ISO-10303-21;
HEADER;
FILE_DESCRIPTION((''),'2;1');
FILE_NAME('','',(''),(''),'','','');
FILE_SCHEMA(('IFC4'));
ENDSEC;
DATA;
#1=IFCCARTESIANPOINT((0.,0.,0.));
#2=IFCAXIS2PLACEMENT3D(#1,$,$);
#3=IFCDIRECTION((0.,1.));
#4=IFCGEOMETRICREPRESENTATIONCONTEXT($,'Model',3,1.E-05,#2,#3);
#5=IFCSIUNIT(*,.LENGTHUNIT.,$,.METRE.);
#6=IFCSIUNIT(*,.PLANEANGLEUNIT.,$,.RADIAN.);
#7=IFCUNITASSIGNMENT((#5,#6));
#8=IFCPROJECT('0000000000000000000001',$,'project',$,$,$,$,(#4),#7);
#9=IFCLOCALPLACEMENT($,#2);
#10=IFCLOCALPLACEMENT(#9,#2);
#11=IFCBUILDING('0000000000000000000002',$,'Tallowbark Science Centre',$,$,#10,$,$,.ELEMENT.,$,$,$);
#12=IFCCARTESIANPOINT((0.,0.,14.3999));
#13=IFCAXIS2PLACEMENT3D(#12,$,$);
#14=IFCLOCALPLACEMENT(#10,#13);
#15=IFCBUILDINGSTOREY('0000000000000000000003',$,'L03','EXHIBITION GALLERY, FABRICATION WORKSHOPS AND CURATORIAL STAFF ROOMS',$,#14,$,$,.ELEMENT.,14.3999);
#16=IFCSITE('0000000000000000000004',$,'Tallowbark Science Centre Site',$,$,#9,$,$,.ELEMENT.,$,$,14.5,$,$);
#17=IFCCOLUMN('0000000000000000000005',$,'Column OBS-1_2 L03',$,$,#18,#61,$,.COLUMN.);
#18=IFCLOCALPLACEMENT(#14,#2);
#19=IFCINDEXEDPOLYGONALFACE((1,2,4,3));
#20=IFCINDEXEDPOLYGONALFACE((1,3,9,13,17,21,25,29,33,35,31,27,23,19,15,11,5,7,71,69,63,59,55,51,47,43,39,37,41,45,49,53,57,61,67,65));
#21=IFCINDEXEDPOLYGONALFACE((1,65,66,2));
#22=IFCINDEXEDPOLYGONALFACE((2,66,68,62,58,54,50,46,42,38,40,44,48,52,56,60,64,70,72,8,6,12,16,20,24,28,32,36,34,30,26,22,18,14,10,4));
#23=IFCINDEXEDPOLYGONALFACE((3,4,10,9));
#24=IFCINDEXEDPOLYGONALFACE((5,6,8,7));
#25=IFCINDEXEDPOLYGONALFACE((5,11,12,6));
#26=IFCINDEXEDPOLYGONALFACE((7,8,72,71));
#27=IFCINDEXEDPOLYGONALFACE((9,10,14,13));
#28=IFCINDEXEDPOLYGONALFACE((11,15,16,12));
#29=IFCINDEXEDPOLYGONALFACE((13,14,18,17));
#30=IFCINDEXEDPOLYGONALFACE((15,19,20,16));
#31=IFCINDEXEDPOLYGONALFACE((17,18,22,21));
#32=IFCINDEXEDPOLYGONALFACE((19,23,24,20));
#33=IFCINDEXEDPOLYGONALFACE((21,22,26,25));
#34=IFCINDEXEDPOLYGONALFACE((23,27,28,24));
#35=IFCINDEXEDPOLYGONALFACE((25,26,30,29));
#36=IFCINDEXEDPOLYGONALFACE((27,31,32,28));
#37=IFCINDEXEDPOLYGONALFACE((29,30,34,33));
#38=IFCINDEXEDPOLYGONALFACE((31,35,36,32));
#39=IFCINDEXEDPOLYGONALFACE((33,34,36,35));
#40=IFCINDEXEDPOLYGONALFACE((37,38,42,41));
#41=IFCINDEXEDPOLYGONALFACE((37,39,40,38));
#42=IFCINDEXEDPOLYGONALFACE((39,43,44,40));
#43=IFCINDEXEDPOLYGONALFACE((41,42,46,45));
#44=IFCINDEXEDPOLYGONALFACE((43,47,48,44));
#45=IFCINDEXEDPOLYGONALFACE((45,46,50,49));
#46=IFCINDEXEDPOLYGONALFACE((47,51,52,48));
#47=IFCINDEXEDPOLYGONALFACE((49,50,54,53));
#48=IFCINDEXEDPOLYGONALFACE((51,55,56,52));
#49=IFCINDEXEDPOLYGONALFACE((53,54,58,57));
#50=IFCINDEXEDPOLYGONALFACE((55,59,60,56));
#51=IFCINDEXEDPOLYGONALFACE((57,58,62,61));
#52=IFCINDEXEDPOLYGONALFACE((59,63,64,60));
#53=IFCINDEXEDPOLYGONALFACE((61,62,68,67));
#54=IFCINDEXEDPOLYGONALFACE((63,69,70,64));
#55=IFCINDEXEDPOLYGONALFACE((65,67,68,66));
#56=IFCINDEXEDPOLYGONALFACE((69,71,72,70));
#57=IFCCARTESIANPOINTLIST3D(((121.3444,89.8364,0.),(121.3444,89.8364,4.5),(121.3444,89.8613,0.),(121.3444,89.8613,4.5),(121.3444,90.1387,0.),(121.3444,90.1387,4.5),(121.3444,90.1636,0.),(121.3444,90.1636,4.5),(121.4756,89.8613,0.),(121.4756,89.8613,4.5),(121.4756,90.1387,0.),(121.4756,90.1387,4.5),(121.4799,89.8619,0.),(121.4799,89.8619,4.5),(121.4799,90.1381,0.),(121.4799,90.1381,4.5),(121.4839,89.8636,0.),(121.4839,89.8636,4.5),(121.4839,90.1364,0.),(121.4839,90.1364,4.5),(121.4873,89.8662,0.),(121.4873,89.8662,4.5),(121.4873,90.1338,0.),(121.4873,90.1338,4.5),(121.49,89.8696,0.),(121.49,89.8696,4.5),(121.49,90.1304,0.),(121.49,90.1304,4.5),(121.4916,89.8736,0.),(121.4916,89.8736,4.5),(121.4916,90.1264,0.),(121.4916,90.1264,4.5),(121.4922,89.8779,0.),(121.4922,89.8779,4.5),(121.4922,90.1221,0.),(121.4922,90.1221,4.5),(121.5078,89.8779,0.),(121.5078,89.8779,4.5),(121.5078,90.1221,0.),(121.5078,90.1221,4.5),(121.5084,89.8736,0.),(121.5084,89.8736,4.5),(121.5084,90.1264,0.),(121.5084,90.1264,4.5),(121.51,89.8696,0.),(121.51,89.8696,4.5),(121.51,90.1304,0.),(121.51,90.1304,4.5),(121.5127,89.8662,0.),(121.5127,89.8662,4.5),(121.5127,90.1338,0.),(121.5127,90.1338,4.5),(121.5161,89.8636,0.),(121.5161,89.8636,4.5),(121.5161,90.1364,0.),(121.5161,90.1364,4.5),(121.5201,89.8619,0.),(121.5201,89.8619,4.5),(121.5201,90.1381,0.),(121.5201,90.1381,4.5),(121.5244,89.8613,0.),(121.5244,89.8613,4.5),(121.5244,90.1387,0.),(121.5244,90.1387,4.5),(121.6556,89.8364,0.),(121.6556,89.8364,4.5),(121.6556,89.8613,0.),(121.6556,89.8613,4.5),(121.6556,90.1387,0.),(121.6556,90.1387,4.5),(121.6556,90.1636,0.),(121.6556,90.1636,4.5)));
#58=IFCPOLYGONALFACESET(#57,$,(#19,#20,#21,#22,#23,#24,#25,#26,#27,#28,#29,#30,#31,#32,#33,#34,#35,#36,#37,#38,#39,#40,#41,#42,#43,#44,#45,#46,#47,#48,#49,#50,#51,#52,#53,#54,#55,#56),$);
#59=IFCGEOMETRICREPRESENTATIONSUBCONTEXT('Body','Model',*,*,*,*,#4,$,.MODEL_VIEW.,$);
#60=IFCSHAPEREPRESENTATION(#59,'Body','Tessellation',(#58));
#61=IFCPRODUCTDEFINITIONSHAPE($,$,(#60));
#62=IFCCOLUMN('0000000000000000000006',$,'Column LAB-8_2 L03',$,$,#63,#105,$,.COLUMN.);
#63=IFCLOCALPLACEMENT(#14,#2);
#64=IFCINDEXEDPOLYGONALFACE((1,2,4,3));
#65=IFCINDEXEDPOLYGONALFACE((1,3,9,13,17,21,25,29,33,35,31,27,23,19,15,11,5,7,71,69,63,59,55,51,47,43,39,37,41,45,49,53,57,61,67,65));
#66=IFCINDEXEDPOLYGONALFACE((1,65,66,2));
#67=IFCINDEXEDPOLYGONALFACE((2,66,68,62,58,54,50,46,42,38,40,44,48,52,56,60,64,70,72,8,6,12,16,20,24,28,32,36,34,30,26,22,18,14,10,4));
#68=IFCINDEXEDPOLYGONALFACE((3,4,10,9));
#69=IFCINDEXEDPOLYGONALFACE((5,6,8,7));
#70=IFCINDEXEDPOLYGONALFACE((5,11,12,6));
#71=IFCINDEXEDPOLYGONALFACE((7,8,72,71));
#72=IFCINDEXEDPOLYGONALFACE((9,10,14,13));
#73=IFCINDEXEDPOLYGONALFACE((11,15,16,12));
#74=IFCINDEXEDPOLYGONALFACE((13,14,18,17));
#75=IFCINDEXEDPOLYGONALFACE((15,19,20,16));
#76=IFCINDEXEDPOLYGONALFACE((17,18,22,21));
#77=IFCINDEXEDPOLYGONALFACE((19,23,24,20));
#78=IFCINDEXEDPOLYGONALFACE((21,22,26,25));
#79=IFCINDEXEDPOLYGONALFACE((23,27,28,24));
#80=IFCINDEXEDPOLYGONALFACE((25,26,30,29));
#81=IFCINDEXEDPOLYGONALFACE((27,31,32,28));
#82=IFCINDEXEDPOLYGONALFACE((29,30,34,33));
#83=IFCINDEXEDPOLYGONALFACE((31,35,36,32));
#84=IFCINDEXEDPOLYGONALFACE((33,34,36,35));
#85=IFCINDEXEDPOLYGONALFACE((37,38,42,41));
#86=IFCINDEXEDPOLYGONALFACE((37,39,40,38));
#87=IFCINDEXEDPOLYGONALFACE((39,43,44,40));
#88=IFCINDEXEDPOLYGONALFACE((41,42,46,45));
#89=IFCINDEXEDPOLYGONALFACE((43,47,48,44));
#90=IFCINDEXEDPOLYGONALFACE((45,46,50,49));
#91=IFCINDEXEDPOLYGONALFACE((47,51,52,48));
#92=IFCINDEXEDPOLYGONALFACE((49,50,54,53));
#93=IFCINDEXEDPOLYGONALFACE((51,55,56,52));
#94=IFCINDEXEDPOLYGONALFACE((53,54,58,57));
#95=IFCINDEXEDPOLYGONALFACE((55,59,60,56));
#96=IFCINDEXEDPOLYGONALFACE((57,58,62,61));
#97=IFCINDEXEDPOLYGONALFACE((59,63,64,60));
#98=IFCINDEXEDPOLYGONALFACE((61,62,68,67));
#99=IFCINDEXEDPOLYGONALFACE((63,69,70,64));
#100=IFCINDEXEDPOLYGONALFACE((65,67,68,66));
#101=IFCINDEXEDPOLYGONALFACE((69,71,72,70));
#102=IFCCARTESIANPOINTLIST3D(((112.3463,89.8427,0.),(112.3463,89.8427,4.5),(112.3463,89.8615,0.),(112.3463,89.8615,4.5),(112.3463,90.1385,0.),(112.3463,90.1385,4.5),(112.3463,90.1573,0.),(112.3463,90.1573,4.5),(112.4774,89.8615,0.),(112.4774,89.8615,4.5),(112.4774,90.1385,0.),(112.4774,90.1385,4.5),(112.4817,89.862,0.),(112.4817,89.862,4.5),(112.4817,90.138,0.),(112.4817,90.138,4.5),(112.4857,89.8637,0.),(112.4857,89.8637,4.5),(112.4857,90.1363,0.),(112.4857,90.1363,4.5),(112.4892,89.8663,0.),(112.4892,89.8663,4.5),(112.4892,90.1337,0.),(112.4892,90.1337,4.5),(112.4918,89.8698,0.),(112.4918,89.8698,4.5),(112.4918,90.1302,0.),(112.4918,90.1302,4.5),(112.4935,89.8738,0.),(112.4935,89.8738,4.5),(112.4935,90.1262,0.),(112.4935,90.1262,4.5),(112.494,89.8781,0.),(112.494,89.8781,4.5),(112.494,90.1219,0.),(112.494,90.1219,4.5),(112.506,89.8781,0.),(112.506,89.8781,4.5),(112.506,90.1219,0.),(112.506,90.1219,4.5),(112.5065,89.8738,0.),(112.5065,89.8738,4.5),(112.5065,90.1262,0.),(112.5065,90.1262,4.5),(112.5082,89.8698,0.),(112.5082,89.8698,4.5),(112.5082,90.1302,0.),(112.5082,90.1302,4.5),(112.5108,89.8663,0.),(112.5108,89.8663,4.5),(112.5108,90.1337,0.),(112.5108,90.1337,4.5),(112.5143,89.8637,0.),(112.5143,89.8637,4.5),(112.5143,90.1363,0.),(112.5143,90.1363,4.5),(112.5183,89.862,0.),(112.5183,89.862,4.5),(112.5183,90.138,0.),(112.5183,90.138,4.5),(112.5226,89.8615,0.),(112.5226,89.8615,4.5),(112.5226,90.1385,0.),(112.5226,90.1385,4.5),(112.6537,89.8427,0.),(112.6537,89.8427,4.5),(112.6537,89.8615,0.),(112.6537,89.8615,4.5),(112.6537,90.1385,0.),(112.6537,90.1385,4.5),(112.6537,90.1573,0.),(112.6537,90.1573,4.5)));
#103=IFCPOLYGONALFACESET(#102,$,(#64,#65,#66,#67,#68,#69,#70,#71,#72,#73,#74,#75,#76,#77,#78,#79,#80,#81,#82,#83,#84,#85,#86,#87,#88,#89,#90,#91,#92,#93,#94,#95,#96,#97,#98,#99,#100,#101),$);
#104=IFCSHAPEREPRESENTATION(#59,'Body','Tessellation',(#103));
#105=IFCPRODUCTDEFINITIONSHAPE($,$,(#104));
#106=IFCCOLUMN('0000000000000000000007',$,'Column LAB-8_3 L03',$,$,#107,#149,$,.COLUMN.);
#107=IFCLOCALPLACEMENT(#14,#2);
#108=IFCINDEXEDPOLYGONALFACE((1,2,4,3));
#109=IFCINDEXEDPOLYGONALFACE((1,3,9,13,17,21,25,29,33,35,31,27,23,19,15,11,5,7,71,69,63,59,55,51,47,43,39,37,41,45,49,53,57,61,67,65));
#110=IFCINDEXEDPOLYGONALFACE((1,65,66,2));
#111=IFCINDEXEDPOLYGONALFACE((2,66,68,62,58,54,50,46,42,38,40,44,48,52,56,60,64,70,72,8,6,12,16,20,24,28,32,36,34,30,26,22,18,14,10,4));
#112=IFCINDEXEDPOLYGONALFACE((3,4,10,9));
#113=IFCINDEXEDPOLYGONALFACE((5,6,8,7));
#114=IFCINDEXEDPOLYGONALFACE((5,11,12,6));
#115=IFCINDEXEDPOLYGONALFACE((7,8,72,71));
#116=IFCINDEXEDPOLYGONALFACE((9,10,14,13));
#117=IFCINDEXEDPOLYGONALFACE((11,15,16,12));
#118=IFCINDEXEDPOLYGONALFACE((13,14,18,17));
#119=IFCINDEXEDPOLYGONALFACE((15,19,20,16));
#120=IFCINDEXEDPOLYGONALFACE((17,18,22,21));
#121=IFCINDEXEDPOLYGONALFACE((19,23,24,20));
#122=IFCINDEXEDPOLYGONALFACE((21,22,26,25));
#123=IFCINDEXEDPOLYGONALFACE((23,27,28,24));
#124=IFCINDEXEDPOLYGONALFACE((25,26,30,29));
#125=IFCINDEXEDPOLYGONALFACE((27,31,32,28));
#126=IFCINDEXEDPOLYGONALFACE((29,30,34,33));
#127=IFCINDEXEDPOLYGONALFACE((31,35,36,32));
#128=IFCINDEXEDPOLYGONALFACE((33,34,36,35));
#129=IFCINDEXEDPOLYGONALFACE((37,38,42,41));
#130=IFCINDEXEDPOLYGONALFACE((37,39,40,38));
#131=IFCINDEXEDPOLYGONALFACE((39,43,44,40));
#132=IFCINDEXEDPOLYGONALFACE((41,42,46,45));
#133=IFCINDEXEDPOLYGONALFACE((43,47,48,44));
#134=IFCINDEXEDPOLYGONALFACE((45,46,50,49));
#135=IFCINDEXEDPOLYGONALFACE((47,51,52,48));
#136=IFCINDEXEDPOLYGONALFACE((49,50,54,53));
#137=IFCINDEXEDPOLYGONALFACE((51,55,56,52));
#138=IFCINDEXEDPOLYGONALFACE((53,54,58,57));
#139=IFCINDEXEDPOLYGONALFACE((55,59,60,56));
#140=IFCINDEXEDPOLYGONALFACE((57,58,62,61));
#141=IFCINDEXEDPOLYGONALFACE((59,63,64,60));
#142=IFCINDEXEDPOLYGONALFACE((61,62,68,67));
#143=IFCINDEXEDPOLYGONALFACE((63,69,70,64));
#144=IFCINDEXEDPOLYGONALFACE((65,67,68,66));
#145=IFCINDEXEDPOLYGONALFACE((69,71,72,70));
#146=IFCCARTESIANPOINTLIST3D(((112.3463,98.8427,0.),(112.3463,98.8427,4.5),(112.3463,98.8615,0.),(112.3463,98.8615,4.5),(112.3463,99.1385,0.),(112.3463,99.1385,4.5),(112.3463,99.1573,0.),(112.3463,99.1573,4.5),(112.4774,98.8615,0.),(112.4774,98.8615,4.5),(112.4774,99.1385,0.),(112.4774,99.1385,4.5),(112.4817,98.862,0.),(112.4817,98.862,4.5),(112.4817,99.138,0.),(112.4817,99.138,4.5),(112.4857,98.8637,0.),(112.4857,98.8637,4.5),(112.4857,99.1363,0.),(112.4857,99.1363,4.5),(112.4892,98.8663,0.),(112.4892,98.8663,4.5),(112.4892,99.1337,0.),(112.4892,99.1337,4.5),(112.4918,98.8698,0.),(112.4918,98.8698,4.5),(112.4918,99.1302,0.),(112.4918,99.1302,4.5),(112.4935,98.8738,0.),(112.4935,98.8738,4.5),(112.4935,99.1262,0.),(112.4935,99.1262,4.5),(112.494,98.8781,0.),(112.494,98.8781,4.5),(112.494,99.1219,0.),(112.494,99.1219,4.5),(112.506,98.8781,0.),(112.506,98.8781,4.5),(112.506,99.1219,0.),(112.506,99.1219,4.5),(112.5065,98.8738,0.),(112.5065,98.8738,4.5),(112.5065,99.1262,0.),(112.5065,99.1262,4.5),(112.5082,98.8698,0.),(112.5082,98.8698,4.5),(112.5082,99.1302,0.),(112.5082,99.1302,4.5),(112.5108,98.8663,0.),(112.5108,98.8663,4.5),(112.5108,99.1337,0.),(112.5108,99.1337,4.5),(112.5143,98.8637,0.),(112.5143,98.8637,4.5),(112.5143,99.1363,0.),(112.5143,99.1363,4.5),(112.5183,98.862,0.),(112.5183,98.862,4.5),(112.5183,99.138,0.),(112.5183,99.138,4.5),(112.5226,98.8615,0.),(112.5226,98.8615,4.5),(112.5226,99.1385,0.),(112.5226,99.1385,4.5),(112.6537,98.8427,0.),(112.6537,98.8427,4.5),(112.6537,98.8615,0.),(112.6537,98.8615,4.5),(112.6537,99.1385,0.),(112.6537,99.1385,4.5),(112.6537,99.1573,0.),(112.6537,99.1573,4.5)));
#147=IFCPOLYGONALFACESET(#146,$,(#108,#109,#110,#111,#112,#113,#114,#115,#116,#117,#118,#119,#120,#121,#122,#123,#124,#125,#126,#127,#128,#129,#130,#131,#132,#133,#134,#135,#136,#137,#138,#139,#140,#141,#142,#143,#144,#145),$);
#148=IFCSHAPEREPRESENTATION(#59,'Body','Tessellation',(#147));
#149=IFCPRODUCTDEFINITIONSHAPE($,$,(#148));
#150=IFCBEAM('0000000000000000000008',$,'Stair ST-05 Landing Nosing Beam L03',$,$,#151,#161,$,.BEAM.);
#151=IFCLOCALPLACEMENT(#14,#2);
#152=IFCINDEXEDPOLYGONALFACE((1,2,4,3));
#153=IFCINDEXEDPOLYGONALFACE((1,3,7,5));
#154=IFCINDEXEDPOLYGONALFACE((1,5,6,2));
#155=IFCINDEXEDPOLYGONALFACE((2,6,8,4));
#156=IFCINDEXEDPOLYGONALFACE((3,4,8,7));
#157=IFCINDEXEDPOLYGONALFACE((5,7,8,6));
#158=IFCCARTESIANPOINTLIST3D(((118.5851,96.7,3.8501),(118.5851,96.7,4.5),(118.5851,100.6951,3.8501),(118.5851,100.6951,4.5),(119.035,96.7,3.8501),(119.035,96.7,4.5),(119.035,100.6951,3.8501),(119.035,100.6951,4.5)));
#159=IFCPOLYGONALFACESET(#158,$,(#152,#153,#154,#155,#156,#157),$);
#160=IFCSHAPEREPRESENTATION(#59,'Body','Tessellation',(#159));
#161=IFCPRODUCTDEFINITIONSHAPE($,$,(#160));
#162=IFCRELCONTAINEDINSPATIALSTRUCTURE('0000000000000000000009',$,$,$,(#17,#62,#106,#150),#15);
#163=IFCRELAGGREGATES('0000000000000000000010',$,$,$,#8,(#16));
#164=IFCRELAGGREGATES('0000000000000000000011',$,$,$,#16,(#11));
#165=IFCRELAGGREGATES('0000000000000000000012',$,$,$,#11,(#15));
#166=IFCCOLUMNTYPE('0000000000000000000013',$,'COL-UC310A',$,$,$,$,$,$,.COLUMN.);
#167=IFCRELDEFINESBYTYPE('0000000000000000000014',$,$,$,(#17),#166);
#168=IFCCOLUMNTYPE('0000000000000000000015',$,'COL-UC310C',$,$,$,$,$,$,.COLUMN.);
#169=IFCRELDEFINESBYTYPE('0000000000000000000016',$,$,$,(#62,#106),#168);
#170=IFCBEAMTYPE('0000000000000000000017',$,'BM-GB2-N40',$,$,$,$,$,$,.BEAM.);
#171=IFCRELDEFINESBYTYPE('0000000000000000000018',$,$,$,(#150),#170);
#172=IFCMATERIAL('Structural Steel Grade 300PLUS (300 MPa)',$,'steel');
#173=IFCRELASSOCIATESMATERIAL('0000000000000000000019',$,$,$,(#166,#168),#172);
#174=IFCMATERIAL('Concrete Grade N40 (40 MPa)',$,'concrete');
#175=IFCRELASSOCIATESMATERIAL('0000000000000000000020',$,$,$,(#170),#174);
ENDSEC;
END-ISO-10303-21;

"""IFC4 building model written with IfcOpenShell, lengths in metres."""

from ifc_helpers import new_model, si_unit, direction, frame, origin, origin_2d, place, context, subcontext, project, spatial, rectangle, i_section, extrude, material, material_profile, profile_set, type_object, element, save


model = new_model("IFC4")

# Units and contexts
model_context = context("Model", 3, precision=1e-05, world=origin(), true_north=direction((0.0, 1.0)))
body_context = subcontext(model_context, "Body", "Model", "MODEL_VIEW")
ifc_project = project(units=[si_unit("LENGTHUNIT", "METRE"), si_unit("PLANEANGLEUNIT", "RADIAN")], contexts=[model_context])

# Site, building, storey
site_placement = place(None, origin())
site = spatial("IfcSite", under=ifc_project, at=site_placement, Name="Tallowbark Science Centre Site", CompositionType="ELEMENT", RefElevation=14.5)
building_placement = place(site_placement, origin())
building = spatial("IfcBuilding", under=site, at=building_placement, Name="Tallowbark Science Centre", CompositionType="ELEMENT")
storey_placement = place(building_placement, frame((0.0, 0.0, 14.3999)))
storey = spatial("IfcBuildingStorey", under=building, at=storey_placement, Name="L03", Description="EXHIBITION GALLERY, FABRICATION WORKSHOPS AND CURATORIAL STAFF ROOMS", CompositionType="ELEMENT", Elevation=14.3999)

# Columns
ifc_material_1 = material(Name="Structural Steel Grade 300PLUS (300 MPa)", Category="steel")
ifc_material_profile_1 = material_profile(ifc_material_1, i_section(OverallWidth=0.3113, OverallDepth=0.3271, WebThickness=0.0156, FlangeThickness=0.0249, FilletRadius=0.0166, at=origin_2d()), Name="310UC158")
ifc_profile_set_1 = profile_set([ifc_material_profile_1], Name="Structural Steel Grade 300PLUS (300 MPa)")
column_type_1 = type_object("IfcColumnType", Name="COL-UC310A", PredefinedType="COLUMN", material=ifc_profile_set_1)
column_placement = place(storey_placement, frame((121.5, 90.0, 0.0), z_axis=(0.0, 0.0, 1.0), x_axis=(1.0, 0.0, 0.0)))
element("IfcColumn", 1, at=column_placement, inside=storey, type_object=column_type_1, Name="Column OBS-1_2 L03", PredefinedType="COLUMN", context=body_context, shape_type="SweptSolid", body=[
    extrude(i_section(OverallWidth=0.3113, OverallDepth=0.3271, WebThickness=0.0156, FlangeThickness=0.0249, FilletRadius=0.0166, at=origin_2d()), origin(), (0.0, 0.0, 1.0), 4.5),
])
ifc_material_profile_2 = material_profile(ifc_material_1, i_section(OverallWidth=0.3074, OverallDepth=0.3147, WebThickness=0.012, FlangeThickness=0.0188, FilletRadius=0.0166, at=origin_2d()), Name="310UC118")
ifc_profile_set_2 = profile_set([ifc_material_profile_2], Name="Structural Steel Grade 300PLUS (300 MPa)")
column_type_2 = type_object("IfcColumnType", Name="COL-UC310C", PredefinedType="COLUMN", material=ifc_profile_set_2)
for number, where, z_axis, x_axis, name in (
    (2, (112.5, 90.0, 0.0), (0.0, 0.0, 1.0), (1.0, 0.0, 0.0), "Column LAB-8_2 L03"),
    (3, (112.5, 99.0, 0.0), (0.0, 0.0, 1.0), (1.0, 0.0, 0.0), "Column LAB-8_3 L03"),
):
    element("IfcColumn", number, at=place(storey_placement, frame(where, z_axis=z_axis, x_axis=x_axis)), inside=storey, type_object=column_type_2, Name=name, PredefinedType="COLUMN", context=body_context, shape_type="SweptSolid", body=[
        extrude(i_section(OverallWidth=0.3074, OverallDepth=0.3147, WebThickness=0.012, FlangeThickness=0.0188, FilletRadius=0.0166, at=origin_2d()), origin(), (0.0, 0.0, 1.0), 4.5),
    ])

# Beam
ifc_material_2 = material(Name="Concrete Grade N40 (40 MPa)", Category="concrete")
ifc_material_profile_3 = material_profile(ifc_material_2, rectangle(XDim=0.45, YDim=0.6499, at=origin_2d()), Name="RC450x650")
ifc_profile_set_3 = profile_set([ifc_material_profile_3], Name="Concrete Grade N40 (40 MPa)")
beam_type_1 = type_object("IfcBeamType", Name="BM-GB2-N40", PredefinedType="BEAM", material=ifc_profile_set_3)
beam_placement = place(storey_placement, frame((118.8101, 96.7, 4.175), z_axis=(0.0, 1.0, 0.0), x_axis=(-1.0, 0.0, 0.0)))
element("IfcBeam", 4, at=beam_placement, inside=storey, type_object=beam_type_1, Name="Stair ST-05 Landing Nosing Beam L03", PredefinedType="BEAM", context=body_context, shape_type="SweptSolid", body=[
    extrude(rectangle(XDim=0.45, YDim=0.6499, at=origin_2d()), origin(), (0.0, 0.0, 1.0), 3.9951),
])

save(model, "model.ifc")
